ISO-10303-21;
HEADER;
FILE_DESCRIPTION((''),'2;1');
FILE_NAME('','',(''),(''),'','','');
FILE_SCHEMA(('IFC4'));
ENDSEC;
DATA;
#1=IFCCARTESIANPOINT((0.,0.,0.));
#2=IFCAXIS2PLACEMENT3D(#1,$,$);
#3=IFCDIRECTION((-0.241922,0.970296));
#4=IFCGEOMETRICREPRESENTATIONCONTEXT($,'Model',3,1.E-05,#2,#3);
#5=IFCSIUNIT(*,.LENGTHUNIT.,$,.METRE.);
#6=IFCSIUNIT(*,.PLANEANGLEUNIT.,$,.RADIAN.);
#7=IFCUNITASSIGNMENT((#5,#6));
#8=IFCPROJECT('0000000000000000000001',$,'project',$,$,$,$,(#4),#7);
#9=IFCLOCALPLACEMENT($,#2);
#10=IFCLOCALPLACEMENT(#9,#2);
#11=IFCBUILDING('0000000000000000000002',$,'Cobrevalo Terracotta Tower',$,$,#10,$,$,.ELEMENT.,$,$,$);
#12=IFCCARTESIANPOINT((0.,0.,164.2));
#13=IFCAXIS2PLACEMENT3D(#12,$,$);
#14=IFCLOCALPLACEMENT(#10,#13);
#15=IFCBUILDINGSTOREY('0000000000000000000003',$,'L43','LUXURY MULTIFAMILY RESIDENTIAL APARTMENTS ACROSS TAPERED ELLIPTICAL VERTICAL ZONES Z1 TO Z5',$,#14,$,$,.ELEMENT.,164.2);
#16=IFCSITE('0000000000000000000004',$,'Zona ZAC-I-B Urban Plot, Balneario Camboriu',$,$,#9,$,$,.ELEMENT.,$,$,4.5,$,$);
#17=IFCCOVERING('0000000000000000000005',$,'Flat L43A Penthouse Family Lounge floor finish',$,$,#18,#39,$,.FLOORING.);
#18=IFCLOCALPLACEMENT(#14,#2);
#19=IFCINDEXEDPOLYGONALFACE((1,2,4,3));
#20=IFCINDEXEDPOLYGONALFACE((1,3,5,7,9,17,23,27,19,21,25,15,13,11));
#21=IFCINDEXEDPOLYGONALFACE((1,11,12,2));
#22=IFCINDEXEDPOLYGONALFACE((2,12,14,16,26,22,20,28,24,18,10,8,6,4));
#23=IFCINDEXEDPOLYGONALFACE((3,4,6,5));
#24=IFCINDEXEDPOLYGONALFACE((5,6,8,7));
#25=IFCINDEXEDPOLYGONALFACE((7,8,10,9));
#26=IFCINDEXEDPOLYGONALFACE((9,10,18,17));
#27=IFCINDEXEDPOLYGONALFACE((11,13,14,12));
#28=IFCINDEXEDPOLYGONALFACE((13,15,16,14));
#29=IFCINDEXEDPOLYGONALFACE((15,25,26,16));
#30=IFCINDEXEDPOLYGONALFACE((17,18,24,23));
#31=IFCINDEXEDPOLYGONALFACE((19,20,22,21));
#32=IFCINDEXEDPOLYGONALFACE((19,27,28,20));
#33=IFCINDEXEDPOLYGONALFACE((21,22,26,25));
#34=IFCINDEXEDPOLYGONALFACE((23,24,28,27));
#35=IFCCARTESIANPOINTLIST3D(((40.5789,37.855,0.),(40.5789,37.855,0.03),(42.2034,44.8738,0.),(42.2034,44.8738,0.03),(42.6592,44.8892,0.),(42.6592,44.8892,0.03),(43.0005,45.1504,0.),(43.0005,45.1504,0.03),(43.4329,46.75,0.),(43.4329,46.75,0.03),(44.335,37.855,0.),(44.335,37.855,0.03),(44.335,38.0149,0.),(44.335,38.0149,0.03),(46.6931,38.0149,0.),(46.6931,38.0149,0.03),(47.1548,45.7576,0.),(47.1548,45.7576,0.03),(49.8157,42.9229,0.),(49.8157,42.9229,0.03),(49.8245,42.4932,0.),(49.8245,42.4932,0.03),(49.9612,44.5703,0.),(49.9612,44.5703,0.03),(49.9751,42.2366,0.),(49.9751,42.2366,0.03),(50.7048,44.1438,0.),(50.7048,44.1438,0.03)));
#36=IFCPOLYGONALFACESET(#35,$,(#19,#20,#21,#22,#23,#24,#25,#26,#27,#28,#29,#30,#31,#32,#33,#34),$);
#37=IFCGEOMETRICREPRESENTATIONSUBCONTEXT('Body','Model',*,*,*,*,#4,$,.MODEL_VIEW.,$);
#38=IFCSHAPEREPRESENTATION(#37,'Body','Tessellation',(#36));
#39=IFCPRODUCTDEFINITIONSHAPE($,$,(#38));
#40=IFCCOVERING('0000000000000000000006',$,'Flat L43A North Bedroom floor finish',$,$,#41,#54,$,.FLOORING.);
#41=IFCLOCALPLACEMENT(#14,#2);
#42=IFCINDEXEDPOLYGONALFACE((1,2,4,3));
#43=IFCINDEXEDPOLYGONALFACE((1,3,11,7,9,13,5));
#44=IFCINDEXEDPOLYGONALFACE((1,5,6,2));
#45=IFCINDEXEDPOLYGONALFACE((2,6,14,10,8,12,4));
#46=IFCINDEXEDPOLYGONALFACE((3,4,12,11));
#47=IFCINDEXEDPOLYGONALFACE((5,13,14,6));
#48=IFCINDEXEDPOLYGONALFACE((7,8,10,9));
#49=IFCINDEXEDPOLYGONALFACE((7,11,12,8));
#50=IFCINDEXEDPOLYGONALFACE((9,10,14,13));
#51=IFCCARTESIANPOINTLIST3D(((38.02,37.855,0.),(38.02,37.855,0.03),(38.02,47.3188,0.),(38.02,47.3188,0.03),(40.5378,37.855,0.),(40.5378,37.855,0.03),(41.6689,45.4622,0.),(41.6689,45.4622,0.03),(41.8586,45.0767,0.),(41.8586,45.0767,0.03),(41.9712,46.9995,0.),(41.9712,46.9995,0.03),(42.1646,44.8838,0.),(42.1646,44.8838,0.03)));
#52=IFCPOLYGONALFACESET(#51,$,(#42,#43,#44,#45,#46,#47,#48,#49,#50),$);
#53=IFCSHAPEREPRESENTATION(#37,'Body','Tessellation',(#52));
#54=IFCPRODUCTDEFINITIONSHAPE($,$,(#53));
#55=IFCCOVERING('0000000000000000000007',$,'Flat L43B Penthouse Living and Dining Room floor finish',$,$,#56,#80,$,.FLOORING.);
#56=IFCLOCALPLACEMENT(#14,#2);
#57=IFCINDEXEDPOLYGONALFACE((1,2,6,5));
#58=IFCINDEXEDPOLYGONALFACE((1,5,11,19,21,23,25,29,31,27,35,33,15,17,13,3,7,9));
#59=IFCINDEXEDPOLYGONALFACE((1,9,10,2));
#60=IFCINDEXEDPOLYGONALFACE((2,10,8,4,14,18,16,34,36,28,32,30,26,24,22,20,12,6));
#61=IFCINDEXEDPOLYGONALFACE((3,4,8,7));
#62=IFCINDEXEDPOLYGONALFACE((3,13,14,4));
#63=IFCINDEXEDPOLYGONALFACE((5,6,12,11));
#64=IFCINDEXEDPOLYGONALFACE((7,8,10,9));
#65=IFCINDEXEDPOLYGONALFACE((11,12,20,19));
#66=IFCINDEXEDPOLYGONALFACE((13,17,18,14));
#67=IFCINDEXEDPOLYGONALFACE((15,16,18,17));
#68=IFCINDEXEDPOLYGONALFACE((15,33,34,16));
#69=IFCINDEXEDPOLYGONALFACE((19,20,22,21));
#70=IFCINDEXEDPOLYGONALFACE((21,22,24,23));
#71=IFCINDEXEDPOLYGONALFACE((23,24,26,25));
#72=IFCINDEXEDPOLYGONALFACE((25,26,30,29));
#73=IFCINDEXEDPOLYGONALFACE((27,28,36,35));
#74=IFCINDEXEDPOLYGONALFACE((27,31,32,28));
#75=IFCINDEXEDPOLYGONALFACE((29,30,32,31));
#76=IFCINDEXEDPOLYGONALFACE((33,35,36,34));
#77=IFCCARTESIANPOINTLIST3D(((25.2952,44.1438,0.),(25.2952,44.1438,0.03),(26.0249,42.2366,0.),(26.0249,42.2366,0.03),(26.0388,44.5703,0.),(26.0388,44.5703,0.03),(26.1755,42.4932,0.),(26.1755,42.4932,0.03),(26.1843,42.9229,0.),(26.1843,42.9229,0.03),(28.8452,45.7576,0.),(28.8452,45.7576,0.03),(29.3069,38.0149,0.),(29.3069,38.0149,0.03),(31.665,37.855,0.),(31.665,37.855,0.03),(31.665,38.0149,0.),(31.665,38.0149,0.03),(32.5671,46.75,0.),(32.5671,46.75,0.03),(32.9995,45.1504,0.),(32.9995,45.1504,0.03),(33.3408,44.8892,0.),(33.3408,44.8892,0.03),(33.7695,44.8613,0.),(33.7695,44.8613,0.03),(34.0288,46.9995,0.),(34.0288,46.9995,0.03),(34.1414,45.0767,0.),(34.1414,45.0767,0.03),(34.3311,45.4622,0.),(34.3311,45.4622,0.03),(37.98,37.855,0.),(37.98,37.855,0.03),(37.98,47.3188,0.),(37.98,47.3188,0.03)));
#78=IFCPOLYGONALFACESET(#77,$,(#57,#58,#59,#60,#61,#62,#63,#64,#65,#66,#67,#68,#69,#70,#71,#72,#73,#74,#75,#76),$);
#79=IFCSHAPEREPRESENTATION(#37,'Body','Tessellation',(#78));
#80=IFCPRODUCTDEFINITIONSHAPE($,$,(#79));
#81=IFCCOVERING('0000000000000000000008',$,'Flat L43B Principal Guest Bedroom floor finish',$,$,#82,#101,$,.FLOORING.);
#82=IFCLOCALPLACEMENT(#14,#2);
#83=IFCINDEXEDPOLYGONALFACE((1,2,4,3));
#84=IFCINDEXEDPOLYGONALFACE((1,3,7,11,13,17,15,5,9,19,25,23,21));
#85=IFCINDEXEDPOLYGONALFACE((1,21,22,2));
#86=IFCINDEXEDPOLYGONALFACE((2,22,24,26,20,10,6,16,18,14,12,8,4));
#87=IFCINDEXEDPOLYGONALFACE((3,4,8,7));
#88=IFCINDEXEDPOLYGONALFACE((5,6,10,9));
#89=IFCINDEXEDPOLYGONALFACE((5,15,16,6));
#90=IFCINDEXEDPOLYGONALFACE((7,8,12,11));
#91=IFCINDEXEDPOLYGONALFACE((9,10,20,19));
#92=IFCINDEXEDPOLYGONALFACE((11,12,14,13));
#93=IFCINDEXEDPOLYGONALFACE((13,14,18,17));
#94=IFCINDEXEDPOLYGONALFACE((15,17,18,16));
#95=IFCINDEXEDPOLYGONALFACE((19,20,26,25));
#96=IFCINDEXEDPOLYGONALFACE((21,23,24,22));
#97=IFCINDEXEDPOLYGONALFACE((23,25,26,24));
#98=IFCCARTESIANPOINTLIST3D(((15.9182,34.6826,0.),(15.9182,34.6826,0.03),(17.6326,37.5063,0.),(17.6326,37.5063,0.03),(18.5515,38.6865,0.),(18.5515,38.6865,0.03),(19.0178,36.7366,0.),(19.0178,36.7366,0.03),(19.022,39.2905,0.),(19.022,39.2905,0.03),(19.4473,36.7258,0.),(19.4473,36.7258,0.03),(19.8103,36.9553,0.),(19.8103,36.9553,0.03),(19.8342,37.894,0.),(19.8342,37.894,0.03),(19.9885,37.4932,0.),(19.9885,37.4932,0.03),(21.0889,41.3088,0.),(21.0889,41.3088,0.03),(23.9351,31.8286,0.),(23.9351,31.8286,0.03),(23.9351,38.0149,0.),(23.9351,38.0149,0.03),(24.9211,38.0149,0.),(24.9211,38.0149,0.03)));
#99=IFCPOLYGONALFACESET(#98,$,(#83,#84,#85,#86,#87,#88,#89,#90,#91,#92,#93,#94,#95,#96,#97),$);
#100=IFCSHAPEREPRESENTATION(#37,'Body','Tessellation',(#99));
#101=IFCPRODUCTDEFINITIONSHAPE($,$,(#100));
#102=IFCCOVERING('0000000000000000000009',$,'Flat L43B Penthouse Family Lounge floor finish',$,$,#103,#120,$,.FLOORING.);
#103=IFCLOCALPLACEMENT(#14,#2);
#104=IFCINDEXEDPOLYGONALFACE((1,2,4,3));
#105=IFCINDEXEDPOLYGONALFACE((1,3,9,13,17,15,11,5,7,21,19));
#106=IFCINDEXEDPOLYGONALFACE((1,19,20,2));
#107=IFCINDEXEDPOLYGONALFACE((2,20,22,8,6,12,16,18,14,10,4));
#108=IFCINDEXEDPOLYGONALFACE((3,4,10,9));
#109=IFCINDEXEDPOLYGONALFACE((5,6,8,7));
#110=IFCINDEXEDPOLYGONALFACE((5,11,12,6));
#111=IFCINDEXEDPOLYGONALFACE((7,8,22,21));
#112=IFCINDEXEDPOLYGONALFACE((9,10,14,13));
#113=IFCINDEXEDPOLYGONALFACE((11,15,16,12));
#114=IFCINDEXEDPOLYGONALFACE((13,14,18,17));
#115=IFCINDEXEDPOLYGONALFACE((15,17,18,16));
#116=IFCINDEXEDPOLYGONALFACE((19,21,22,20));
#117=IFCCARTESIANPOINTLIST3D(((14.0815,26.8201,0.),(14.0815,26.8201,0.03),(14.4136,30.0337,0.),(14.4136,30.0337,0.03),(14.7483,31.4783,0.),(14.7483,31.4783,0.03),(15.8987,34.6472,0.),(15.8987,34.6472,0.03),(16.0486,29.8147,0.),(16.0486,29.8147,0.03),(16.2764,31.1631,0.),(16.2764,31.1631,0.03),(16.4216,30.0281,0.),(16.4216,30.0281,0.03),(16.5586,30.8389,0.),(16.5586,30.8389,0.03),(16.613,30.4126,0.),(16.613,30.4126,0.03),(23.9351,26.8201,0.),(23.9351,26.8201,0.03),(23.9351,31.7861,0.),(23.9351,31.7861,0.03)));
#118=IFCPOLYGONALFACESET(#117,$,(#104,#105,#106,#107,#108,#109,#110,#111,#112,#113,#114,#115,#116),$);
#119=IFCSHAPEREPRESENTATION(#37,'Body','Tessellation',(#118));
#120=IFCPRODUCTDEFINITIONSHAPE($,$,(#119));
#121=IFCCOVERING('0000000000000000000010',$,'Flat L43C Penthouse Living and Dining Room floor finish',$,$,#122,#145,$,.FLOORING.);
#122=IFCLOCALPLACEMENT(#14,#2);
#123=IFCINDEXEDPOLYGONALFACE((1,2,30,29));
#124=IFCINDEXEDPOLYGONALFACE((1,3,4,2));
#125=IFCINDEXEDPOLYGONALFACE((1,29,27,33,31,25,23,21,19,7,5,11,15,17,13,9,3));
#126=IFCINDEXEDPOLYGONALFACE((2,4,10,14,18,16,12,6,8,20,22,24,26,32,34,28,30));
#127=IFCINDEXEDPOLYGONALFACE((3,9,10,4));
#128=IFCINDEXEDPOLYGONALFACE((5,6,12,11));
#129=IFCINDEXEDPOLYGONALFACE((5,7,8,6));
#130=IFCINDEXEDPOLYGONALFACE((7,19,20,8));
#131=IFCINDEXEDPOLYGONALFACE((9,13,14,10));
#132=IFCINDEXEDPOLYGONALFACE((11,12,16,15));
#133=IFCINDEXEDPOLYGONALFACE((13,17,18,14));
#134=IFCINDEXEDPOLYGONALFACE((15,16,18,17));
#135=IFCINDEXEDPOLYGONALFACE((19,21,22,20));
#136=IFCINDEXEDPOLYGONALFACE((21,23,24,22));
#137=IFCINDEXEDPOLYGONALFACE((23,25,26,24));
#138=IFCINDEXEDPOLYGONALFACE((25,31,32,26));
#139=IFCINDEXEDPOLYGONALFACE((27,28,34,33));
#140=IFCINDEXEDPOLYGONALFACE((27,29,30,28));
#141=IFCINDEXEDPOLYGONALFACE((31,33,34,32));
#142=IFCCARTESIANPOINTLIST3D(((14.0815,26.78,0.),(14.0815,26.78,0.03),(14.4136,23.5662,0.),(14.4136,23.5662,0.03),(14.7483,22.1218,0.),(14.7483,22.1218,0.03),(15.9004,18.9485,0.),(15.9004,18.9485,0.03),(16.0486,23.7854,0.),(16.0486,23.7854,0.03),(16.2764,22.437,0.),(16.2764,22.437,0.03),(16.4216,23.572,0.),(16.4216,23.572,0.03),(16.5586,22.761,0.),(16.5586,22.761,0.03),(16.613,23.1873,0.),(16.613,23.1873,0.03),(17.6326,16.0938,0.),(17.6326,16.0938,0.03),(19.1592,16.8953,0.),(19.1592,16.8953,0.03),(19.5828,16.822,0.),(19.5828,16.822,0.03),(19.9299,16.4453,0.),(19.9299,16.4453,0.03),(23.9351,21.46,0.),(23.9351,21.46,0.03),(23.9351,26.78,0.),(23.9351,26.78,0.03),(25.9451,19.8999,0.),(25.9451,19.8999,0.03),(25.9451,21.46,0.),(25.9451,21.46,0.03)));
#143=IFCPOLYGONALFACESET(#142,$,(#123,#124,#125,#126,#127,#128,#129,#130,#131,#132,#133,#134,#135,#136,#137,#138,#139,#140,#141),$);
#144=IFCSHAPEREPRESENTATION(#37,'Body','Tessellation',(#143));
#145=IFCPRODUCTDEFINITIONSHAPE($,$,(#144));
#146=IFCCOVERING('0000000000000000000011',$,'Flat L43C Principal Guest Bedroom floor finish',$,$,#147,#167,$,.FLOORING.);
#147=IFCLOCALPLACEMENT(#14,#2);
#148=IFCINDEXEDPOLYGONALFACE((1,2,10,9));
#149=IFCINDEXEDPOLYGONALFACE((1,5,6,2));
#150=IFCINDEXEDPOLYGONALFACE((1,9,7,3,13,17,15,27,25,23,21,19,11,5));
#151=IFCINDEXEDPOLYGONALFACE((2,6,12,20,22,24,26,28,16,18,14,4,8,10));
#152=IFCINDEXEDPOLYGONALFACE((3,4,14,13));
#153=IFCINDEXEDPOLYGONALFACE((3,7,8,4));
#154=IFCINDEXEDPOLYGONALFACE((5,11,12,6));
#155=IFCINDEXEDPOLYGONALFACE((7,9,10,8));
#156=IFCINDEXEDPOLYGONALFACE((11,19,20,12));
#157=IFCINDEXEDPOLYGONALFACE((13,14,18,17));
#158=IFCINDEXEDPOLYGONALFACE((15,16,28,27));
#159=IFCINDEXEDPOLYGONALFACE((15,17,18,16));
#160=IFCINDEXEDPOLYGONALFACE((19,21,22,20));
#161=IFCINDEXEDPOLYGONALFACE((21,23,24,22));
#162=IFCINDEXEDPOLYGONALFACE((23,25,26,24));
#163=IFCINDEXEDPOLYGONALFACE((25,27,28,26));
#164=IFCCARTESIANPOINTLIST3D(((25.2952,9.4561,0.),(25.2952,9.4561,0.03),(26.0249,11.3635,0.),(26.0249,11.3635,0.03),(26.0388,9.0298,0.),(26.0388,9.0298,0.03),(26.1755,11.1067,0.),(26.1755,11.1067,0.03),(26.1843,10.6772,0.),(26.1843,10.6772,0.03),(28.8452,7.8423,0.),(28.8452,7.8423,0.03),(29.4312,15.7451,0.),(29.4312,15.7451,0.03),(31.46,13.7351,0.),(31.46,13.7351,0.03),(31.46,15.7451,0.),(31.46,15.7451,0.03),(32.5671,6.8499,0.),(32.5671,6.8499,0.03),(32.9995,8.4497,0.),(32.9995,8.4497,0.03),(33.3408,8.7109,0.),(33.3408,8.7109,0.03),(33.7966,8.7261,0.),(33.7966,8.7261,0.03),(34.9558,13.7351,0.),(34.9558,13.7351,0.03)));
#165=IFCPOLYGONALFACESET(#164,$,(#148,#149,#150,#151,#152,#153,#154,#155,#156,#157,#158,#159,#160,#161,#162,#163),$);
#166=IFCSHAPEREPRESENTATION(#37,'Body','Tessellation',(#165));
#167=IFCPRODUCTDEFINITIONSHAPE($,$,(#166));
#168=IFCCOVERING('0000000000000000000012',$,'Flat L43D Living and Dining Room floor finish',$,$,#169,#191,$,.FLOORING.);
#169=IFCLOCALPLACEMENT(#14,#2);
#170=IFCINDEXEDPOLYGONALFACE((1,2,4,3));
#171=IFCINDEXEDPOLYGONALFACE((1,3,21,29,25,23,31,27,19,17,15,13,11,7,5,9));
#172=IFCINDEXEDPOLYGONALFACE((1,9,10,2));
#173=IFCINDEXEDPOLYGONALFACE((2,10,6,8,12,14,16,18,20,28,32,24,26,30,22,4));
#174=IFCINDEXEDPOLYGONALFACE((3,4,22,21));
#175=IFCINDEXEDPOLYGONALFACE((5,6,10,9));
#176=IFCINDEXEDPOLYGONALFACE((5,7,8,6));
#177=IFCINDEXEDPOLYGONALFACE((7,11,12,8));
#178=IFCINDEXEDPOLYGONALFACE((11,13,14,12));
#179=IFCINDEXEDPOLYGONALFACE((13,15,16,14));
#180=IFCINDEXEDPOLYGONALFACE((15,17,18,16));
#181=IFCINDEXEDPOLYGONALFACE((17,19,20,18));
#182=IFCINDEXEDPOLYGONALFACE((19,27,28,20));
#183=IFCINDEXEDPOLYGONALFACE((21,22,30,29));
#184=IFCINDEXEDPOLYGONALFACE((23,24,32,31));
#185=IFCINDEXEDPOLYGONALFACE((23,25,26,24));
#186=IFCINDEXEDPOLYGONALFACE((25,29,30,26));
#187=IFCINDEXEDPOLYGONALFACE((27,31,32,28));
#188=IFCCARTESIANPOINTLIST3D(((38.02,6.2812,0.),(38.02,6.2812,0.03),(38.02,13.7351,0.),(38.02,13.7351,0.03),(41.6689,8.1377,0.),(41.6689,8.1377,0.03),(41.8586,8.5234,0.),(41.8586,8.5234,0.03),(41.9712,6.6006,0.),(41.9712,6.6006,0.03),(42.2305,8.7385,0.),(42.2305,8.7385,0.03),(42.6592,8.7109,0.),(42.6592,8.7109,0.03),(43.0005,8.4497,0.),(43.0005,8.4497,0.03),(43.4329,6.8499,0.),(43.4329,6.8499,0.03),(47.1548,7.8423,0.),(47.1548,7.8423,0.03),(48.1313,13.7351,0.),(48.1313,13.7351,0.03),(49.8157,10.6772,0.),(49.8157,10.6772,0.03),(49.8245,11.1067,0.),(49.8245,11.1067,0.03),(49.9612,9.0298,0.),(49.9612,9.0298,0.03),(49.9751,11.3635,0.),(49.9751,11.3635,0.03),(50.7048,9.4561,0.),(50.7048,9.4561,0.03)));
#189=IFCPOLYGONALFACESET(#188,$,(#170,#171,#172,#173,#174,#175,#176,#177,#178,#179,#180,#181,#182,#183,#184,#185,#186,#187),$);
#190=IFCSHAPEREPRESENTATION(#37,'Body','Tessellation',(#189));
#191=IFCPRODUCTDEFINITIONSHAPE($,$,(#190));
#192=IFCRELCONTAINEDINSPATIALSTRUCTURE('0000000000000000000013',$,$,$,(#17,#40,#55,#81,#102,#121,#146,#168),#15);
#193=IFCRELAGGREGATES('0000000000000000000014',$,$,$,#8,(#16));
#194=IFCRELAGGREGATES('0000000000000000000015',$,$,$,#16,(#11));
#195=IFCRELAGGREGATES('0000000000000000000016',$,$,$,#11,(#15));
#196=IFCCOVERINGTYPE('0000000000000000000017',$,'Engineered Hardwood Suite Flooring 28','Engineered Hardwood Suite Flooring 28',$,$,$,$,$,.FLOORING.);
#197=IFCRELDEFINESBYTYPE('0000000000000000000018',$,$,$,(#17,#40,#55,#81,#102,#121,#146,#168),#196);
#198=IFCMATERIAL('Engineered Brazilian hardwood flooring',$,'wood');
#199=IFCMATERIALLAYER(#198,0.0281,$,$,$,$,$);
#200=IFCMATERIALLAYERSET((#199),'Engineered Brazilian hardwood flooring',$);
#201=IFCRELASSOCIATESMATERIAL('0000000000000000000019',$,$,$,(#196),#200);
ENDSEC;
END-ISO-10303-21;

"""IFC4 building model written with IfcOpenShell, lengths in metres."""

from ifc_helpers import new_model, si_unit, direction, frame, origin, place, context, subcontext, project, spatial, polyline, outline, extrude, material, layer, layer_set, type_object, element, save


model = new_model("IFC4")

# Units and contexts
model_context = context("Model", 3, precision=1e-05, world=origin(), true_north=direction((-0.241922, 0.970296)))
body_context = subcontext(model_context, "Body", "Model", "MODEL_VIEW")
ifc_project = project(units=[si_unit("LENGTHUNIT", "METRE"), si_unit("PLANEANGLEUNIT", "RADIAN")], contexts=[model_context])

# Site, building, storey
site_placement = place(None, origin())
site = spatial("IfcSite", under=ifc_project, at=site_placement, Name="Zona ZAC-I-B Urban Plot, Balneario Camboriu", CompositionType="ELEMENT", RefElevation=4.5)
building_placement = place(site_placement, origin())
building = spatial("IfcBuilding", under=site, at=building_placement, Name="Cobrevalo Terracotta Tower", CompositionType="ELEMENT")
storey_placement = place(building_placement, frame((0.0, 0.0, 164.2)))
storey = spatial("IfcBuildingStorey", under=building, at=storey_placement, Name="L43", Description="LUXURY MULTIFAMILY RESIDENTIAL APARTMENTS ACROSS TAPERED ELLIPTICAL VERTICAL ZONES Z1 TO Z5", CompositionType="ELEMENT", Elevation=164.2)

# Coverings
ifc_material_1 = material(Name="Engineered Brazilian hardwood flooring", Category="wood")
ifc_layer_1 = layer(ifc_material_1, 0.0281)
ifc_layer_set_1 = layer_set([ifc_layer_1], Name="Engineered Brazilian hardwood flooring")
covering_type_1 = type_object("IfcCoveringType", Name="Engineered Hardwood Suite Flooring 28", Description="Engineered Hardwood Suite Flooring 28", PredefinedType="FLOORING", material=ifc_layer_set_1)
covering_1_placement = place(storey_placement, origin())
element("IfcCovering", 1, at=covering_1_placement, inside=storey, type_object=covering_type_1, Name="Flat L43A Penthouse Family Lounge floor finish", PredefinedType="FLOORING", context=body_context, shape_type="SweptSolid", body=[
    extrude(outline(polyline([(49.9612, 44.5703), (50.7048, 44.1438), (49.8157, 42.9229), (49.8245, 42.4932), (49.9751, 42.2366), (46.6931, 38.0149), (44.335, 38.0149), (44.335, 37.855), (40.5789, 37.855), (42.2034, 44.8738), (42.6592, 44.8892), (43.0005, 45.1504), (43.4329, 46.75), (47.1548, 45.7576), (49.9612, 44.5703)])), origin(), (0.0, 0.0, 1.0), 0.03),
])
covering_2_placement = place(storey_placement, origin())
element("IfcCovering", 2, at=covering_2_placement, inside=storey, type_object=covering_type_1, Name="Flat L43A North Bedroom floor finish", PredefinedType="FLOORING", context=body_context, shape_type="SweptSolid", body=[
    extrude(outline(polyline([(38.02, 47.3188), (41.9712, 46.9995), (41.6689, 45.4622), (41.8586, 45.0767), (42.1646, 44.8838), (40.5378, 37.855), (38.02, 37.855), (38.02, 47.3188)])), origin(), (0.0, 0.0, 1.0), 0.03),
])
covering_3_placement = place(storey_placement, origin())
element("IfcCovering", 3, at=covering_3_placement, inside=storey, type_object=covering_type_1, Name="Flat L43B Penthouse Living and Dining Room floor finish", PredefinedType="FLOORING", context=body_context, shape_type="SweptSolid", body=[
    extrude(outline(polyline([(28.8452, 45.7576), (32.5671, 46.75), (32.9995, 45.1504), (33.3408, 44.8892), (33.7695, 44.8613), (34.1414, 45.0767), (34.3311, 45.4622), (34.0288, 46.9995), (37.98, 47.3188), (37.98, 37.855), (31.665, 37.855), (31.665, 38.0149), (29.3069, 38.0149), (26.0249, 42.2366), (26.1755, 42.4932), (26.1843, 42.9229), (25.2952, 44.1438), (26.0388, 44.5703), (28.8452, 45.7576)])), origin(), (0.0, 0.0, 1.0), 0.03),
])
covering_4_placement = place(storey_placement, origin())
element("IfcCovering", 4, at=covering_4_placement, inside=storey, type_object=covering_type_1, Name="Flat L43B Principal Guest Bedroom floor finish", PredefinedType="FLOORING", context=body_context, shape_type="SweptSolid", body=[
    extrude(outline(polyline([(17.6326, 37.5063), (19.0178, 36.7366), (19.4473, 36.7258), (19.8103, 36.9553), (19.9885, 37.4932), (19.8342, 37.894), (18.5515, 38.6865), (19.022, 39.2905), (21.0889, 41.3088), (24.9211, 38.0149), (23.9351, 38.0149), (23.9351, 31.8286), (15.9182, 34.6826), (17.6326, 37.5063)])), origin(), (0.0, 0.0, 1.0), 0.03),
])
covering_5_placement = place(storey_placement, origin())
element("IfcCovering", 5, at=covering_5_placement, inside=storey, type_object=covering_type_1, Name="Flat L43B Penthouse Family Lounge floor finish", PredefinedType="FLOORING", context=body_context, shape_type="SweptSolid", body=[
    extrude(outline(polyline([(23.9351, 31.7861), (23.9351, 26.8201), (14.0815, 26.8201), (14.4136, 30.0337), (16.0486, 29.8147), (16.4216, 30.0281), (16.613, 30.4126), (16.5586, 30.8389), (16.2764, 31.1631), (14.7483, 31.4783), (15.8987, 34.6472), (23.9351, 31.7861)])), origin(), (0.0, 0.0, 1.0), 0.03),
])
covering_6_placement = place(storey_placement, origin())
element("IfcCovering", 6, at=covering_6_placement, inside=storey, type_object=covering_type_1, Name="Flat L43C Penthouse Living and Dining Room floor finish", PredefinedType="FLOORING", context=body_context, shape_type="SweptSolid", body=[
    extrude(outline(polyline([(15.9004, 18.9485), (14.7483, 22.1218), (16.2764, 22.437), (16.5586, 22.761), (16.613, 23.1873), (16.4216, 23.572), (16.0486, 23.7854), (14.4136, 23.5662), (14.0815, 26.78), (23.9351, 26.78), (23.9351, 21.46), (25.9451, 21.46), (25.9451, 19.8999), (19.9299, 16.4453), (19.5828, 16.822), (19.1592, 16.8953), (17.6326, 16.0938), (15.9004, 18.9485)])), origin(), (0.0, 0.0, 1.0), 0.03),
])
covering_7_placement = place(storey_placement, origin())
element("IfcCovering", 7, at=covering_7_placement, inside=storey, type_object=covering_type_1, Name="Flat L43C Principal Guest Bedroom floor finish", PredefinedType="FLOORING", context=body_context, shape_type="SweptSolid", body=[
    extrude(outline(polyline([(26.0388, 9.0298), (25.2952, 9.4561), (26.1843, 10.6772), (26.1755, 11.1067), (26.0249, 11.3635), (29.4312, 15.7451), (31.46, 15.7451), (31.46, 13.7351), (34.9558, 13.7351), (33.7966, 8.7261), (33.3408, 8.7109), (32.9995, 8.4497), (32.5671, 6.8499), (28.8452, 7.8423), (26.0388, 9.0298)])), origin(), (0.0, 0.0, 1.0), 0.03),
])
covering_8_placement = place(storey_placement, origin())
element("IfcCovering", 8, at=covering_8_placement, inside=storey, type_object=covering_type_1, Name="Flat L43D Living and Dining Room floor finish", PredefinedType="FLOORING", context=body_context, shape_type="SweptSolid", body=[
    extrude(outline(polyline([(47.1548, 7.8423), (43.4329, 6.8499), (43.0005, 8.4497), (42.6592, 8.7109), (42.2305, 8.7385), (41.8586, 8.5234), (41.6689, 8.1377), (41.9712, 6.6006), (38.02, 6.2812), (38.02, 13.7351), (48.1313, 13.7351), (49.9751, 11.3635), (49.8245, 11.1067), (49.8157, 10.6772), (50.7048, 9.4561), (49.9612, 9.0298), (47.1548, 7.8423)])), origin(), (0.0, 0.0, 1.0), 0.03),
])

save(model, "model.ifc")
